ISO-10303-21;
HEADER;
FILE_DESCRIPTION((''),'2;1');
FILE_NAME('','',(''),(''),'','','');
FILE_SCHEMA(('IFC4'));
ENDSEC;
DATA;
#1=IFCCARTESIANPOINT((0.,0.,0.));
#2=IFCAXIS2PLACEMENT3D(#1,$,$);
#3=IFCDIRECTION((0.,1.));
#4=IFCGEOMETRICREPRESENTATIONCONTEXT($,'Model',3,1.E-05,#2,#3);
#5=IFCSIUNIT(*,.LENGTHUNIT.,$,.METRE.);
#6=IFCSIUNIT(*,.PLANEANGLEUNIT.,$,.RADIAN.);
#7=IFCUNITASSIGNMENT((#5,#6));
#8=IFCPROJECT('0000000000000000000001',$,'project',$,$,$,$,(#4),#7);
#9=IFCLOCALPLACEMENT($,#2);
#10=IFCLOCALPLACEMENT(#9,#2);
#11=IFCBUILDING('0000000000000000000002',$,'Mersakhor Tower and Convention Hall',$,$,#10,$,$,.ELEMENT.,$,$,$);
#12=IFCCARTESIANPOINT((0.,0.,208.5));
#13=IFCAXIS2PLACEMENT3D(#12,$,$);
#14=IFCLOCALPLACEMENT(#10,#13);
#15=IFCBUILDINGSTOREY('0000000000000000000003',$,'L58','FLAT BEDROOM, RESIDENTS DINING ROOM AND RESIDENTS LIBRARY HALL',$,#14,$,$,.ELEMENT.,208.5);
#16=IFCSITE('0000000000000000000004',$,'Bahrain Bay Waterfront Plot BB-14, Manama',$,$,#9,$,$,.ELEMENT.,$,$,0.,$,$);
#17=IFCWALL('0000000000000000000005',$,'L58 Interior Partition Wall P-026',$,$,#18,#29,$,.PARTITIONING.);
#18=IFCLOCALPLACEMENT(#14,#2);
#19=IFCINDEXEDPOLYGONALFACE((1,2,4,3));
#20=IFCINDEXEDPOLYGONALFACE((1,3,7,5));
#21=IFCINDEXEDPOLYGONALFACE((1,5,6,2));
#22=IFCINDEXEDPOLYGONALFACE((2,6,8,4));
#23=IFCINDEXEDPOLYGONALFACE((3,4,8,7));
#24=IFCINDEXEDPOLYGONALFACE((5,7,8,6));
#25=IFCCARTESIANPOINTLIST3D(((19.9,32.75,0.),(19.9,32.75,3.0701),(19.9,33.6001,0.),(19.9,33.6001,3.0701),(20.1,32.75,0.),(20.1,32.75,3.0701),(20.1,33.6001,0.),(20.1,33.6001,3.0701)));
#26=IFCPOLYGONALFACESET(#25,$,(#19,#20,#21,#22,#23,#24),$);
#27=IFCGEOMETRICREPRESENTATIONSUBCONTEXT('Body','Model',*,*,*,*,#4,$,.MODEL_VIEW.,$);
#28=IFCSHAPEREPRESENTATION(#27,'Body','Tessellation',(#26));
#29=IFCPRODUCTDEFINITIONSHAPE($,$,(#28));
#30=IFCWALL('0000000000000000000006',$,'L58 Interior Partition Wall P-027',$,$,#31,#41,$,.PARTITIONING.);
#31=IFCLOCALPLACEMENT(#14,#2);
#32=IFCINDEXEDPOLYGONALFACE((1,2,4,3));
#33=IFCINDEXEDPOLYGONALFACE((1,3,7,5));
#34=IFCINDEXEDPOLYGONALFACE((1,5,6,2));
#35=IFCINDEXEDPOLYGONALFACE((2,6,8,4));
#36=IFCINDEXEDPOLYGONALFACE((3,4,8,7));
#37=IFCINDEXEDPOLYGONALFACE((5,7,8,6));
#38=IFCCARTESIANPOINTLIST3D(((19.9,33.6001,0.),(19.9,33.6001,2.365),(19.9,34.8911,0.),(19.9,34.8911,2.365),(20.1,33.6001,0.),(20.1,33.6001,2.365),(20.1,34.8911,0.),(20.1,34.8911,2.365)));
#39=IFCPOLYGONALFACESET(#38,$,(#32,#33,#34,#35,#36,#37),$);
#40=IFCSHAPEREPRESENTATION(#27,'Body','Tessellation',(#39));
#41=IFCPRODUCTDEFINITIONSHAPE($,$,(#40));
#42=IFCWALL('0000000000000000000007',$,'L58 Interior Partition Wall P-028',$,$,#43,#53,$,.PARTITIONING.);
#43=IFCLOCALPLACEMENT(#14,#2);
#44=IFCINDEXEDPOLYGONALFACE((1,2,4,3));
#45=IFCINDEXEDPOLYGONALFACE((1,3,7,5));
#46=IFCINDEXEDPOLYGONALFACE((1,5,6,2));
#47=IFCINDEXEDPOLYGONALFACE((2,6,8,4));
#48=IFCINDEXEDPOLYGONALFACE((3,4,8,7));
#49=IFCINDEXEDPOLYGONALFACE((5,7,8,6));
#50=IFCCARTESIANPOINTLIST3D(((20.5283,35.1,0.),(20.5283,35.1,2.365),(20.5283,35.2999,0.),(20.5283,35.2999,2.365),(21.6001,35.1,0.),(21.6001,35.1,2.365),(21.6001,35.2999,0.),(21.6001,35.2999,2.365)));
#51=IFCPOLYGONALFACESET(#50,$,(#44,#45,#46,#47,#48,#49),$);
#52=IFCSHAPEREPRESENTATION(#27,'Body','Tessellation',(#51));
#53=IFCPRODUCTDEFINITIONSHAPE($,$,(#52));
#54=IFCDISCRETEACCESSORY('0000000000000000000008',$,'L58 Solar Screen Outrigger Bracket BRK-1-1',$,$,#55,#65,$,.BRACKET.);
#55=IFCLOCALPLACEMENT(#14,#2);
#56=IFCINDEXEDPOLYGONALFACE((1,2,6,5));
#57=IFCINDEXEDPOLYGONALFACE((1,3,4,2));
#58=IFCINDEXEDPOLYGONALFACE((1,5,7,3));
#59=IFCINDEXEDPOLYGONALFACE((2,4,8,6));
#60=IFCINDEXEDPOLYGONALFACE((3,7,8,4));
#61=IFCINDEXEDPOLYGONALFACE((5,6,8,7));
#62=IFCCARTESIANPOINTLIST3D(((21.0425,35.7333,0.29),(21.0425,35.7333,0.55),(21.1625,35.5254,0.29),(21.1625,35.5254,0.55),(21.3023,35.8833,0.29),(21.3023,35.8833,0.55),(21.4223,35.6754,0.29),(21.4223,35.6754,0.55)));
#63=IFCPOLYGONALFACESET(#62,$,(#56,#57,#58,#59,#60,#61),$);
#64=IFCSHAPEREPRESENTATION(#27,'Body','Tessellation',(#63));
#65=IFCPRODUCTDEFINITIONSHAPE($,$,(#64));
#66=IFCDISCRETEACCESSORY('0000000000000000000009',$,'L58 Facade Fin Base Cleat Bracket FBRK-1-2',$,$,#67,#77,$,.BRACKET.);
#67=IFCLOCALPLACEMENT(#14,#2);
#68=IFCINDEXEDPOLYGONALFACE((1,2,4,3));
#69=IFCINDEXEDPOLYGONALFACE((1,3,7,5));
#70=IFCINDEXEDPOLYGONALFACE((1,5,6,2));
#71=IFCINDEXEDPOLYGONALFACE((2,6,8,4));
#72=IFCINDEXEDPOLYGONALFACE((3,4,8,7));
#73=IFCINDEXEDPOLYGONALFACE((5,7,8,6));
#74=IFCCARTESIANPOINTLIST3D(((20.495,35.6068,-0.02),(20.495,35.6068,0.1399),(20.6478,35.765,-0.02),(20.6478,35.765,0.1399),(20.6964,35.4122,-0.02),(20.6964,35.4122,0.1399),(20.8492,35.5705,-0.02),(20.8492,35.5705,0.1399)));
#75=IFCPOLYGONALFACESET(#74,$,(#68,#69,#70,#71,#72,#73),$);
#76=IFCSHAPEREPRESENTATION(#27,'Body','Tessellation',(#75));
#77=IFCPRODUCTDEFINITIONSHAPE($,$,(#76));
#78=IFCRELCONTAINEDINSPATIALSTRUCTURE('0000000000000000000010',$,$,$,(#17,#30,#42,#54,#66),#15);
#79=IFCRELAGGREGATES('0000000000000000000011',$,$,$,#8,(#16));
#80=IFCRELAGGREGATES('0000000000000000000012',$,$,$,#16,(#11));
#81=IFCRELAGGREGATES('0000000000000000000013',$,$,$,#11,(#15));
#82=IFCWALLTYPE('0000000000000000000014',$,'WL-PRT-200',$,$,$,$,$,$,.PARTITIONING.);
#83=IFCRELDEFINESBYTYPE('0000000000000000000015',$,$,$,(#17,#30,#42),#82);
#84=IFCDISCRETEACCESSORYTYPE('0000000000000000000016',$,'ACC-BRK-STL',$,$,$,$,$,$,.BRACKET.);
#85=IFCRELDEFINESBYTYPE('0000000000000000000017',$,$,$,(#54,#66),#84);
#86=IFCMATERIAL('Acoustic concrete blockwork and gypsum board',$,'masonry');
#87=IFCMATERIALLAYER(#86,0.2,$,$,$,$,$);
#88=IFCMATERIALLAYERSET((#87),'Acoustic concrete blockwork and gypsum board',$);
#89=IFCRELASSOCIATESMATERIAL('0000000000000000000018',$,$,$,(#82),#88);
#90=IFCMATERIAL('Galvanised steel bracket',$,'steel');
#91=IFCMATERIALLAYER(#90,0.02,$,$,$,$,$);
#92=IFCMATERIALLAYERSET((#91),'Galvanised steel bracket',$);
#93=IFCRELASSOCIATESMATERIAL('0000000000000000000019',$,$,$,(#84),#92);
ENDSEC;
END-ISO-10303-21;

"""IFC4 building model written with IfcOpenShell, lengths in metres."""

from ifc_helpers import new_model, si_unit, direction, frame, frame_2d, origin, origin_2d, place, context, subcontext, project, spatial, rectangle, extrude, material, layer, layer_set, type_object, element, save


model = new_model("IFC4")

# Units and contexts
model_context = context("Model", 3, precision=1e-05, world=origin(), true_north=direction((0.0, 1.0)))
body_context = subcontext(model_context, "Body", "Model", "MODEL_VIEW")
ifc_project = project(units=[si_unit("LENGTHUNIT", "METRE"), si_unit("PLANEANGLEUNIT", "RADIAN")], contexts=[model_context])

# Site, building, storey
site_placement = place(None, origin())
site = spatial("IfcSite", under=ifc_project, at=site_placement, Name="Bahrain Bay Waterfront Plot BB-14, Manama", CompositionType="ELEMENT", RefElevation=0.0)
building_placement = place(site_placement, origin())
building = spatial("IfcBuilding", under=site, at=building_placement, Name="Mersakhor Tower and Convention Hall", CompositionType="ELEMENT")
storey_placement = place(building_placement, frame((0.0, 0.0, 208.5)))
storey = spatial("IfcBuildingStorey", under=building, at=storey_placement, Name="L58", Description="FLAT BEDROOM, RESIDENTS DINING ROOM AND RESIDENTS LIBRARY HALL", CompositionType="ELEMENT", Elevation=208.5)

# Shared definitions
ifc_material_1 = material(Name="Acoustic concrete blockwork and gypsum board", Category="masonry")
ifc_layer_1 = layer(ifc_material_1, 0.2)
ifc_layer_set_1 = layer_set([ifc_layer_1], Name="Acoustic concrete blockwork and gypsum board")
wall_type_1 = type_object("IfcWallType", Name="WL-PRT-200", PredefinedType="PARTITIONING", material=ifc_layer_set_1)

# Walls
wall_1_placement = place(storey_placement, frame((20.0, 32.75, 0.0), z_axis=(0.0, 0.0, 1.0), x_axis=(0.0, 1.0, 0.0)))
element("IfcWall", 1, at=wall_1_placement, inside=storey, type_object=wall_type_1, Name="L58 Interior Partition Wall P-026", PredefinedType="PARTITIONING", context=body_context, shape_type="SweptSolid", body=[
    extrude(rectangle(XDim=0.8501, YDim=0.2, at=frame_2d((0.425, 0.0))), origin(), (0.0, 0.0, 1.0), 3.0701),
])
wall_2_placement = place(storey_placement, frame((20.0, 33.6001, 0.0), z_axis=(0.0, 0.0, 1.0), x_axis=(0.0, 1.0, 0.0)))
element("IfcWall", 2, at=wall_2_placement, inside=storey, type_object=wall_type_1, Name="L58 Interior Partition Wall P-027", PredefinedType="PARTITIONING", context=body_context, shape_type="SweptSolid", body=[
    extrude(rectangle(XDim=1.291, YDim=0.2, at=frame_2d((0.6455, 0.0))), origin(), (0.0, 0.0, 1.0), 2.365),
])
wall_3_placement = place(storey_placement, frame((20.5283, 35.2, 0.0), z_axis=(0.0, 0.0, 1.0), x_axis=(1.0, 0.0, 0.0)))
element("IfcWall", 3, at=wall_3_placement, inside=storey, type_object=wall_type_1, Name="L58 Interior Partition Wall P-028", PredefinedType="PARTITIONING", context=body_context, shape_type="SweptSolid", body=[
    extrude(rectangle(XDim=1.0718, YDim=0.2, at=frame_2d((0.5359, 0.0))), origin(), (0.0, 0.0, 1.0), 2.365),
])

# Discrete accessories
ifc_material_2 = material(Name="Galvanised steel bracket", Category="steel")
ifc_layer_2 = layer(ifc_material_2, 0.02)
ifc_layer_set_2 = layer_set([ifc_layer_2], Name="Galvanised steel bracket")
discrete_accessory_type = type_object("IfcDiscreteAccessoryType", Name="ACC-BRK-STL", PredefinedType="BRACKET", material=ifc_layer_set_2)
discrete_accessory_1_placement = place(storey_placement, frame((21.2324, 35.7043, 0.29), z_axis=(0.0, 0.0, 1.0), x_axis=(0.866025, 0.5, 0.0)))
element("IfcDiscreteAccessory", 4, at=discrete_accessory_1_placement, inside=storey, type_object=discrete_accessory_type, Name="L58 Solar Screen Outrigger Bracket BRK-1-1", PredefinedType="BRACKET", context=body_context, shape_type="SweptSolid", body=[
    extrude(rectangle(XDim=0.3, YDim=0.24, at=origin_2d()), origin(), (0.0, 0.0, 1.0), 0.26),
])
discrete_accessory_2_placement = place(storey_placement, frame((20.6721, 35.5886, -0.02), z_axis=(0.0, 0.0, 1.0), x_axis=(-0.71934, 0.694658, 0.0)))
element("IfcDiscreteAccessory", 5, at=discrete_accessory_2_placement, inside=storey, type_object=discrete_accessory_type, Name="L58 Facade Fin Base Cleat Bracket FBRK-1-2", PredefinedType="BRACKET", context=body_context, shape_type="SweptSolid", body=[
    extrude(rectangle(XDim=0.28, YDim=0.22, at=origin_2d()), origin(), (0.0, 0.0, 1.0), 0.1599),
])

save(model, "model.ifc")
